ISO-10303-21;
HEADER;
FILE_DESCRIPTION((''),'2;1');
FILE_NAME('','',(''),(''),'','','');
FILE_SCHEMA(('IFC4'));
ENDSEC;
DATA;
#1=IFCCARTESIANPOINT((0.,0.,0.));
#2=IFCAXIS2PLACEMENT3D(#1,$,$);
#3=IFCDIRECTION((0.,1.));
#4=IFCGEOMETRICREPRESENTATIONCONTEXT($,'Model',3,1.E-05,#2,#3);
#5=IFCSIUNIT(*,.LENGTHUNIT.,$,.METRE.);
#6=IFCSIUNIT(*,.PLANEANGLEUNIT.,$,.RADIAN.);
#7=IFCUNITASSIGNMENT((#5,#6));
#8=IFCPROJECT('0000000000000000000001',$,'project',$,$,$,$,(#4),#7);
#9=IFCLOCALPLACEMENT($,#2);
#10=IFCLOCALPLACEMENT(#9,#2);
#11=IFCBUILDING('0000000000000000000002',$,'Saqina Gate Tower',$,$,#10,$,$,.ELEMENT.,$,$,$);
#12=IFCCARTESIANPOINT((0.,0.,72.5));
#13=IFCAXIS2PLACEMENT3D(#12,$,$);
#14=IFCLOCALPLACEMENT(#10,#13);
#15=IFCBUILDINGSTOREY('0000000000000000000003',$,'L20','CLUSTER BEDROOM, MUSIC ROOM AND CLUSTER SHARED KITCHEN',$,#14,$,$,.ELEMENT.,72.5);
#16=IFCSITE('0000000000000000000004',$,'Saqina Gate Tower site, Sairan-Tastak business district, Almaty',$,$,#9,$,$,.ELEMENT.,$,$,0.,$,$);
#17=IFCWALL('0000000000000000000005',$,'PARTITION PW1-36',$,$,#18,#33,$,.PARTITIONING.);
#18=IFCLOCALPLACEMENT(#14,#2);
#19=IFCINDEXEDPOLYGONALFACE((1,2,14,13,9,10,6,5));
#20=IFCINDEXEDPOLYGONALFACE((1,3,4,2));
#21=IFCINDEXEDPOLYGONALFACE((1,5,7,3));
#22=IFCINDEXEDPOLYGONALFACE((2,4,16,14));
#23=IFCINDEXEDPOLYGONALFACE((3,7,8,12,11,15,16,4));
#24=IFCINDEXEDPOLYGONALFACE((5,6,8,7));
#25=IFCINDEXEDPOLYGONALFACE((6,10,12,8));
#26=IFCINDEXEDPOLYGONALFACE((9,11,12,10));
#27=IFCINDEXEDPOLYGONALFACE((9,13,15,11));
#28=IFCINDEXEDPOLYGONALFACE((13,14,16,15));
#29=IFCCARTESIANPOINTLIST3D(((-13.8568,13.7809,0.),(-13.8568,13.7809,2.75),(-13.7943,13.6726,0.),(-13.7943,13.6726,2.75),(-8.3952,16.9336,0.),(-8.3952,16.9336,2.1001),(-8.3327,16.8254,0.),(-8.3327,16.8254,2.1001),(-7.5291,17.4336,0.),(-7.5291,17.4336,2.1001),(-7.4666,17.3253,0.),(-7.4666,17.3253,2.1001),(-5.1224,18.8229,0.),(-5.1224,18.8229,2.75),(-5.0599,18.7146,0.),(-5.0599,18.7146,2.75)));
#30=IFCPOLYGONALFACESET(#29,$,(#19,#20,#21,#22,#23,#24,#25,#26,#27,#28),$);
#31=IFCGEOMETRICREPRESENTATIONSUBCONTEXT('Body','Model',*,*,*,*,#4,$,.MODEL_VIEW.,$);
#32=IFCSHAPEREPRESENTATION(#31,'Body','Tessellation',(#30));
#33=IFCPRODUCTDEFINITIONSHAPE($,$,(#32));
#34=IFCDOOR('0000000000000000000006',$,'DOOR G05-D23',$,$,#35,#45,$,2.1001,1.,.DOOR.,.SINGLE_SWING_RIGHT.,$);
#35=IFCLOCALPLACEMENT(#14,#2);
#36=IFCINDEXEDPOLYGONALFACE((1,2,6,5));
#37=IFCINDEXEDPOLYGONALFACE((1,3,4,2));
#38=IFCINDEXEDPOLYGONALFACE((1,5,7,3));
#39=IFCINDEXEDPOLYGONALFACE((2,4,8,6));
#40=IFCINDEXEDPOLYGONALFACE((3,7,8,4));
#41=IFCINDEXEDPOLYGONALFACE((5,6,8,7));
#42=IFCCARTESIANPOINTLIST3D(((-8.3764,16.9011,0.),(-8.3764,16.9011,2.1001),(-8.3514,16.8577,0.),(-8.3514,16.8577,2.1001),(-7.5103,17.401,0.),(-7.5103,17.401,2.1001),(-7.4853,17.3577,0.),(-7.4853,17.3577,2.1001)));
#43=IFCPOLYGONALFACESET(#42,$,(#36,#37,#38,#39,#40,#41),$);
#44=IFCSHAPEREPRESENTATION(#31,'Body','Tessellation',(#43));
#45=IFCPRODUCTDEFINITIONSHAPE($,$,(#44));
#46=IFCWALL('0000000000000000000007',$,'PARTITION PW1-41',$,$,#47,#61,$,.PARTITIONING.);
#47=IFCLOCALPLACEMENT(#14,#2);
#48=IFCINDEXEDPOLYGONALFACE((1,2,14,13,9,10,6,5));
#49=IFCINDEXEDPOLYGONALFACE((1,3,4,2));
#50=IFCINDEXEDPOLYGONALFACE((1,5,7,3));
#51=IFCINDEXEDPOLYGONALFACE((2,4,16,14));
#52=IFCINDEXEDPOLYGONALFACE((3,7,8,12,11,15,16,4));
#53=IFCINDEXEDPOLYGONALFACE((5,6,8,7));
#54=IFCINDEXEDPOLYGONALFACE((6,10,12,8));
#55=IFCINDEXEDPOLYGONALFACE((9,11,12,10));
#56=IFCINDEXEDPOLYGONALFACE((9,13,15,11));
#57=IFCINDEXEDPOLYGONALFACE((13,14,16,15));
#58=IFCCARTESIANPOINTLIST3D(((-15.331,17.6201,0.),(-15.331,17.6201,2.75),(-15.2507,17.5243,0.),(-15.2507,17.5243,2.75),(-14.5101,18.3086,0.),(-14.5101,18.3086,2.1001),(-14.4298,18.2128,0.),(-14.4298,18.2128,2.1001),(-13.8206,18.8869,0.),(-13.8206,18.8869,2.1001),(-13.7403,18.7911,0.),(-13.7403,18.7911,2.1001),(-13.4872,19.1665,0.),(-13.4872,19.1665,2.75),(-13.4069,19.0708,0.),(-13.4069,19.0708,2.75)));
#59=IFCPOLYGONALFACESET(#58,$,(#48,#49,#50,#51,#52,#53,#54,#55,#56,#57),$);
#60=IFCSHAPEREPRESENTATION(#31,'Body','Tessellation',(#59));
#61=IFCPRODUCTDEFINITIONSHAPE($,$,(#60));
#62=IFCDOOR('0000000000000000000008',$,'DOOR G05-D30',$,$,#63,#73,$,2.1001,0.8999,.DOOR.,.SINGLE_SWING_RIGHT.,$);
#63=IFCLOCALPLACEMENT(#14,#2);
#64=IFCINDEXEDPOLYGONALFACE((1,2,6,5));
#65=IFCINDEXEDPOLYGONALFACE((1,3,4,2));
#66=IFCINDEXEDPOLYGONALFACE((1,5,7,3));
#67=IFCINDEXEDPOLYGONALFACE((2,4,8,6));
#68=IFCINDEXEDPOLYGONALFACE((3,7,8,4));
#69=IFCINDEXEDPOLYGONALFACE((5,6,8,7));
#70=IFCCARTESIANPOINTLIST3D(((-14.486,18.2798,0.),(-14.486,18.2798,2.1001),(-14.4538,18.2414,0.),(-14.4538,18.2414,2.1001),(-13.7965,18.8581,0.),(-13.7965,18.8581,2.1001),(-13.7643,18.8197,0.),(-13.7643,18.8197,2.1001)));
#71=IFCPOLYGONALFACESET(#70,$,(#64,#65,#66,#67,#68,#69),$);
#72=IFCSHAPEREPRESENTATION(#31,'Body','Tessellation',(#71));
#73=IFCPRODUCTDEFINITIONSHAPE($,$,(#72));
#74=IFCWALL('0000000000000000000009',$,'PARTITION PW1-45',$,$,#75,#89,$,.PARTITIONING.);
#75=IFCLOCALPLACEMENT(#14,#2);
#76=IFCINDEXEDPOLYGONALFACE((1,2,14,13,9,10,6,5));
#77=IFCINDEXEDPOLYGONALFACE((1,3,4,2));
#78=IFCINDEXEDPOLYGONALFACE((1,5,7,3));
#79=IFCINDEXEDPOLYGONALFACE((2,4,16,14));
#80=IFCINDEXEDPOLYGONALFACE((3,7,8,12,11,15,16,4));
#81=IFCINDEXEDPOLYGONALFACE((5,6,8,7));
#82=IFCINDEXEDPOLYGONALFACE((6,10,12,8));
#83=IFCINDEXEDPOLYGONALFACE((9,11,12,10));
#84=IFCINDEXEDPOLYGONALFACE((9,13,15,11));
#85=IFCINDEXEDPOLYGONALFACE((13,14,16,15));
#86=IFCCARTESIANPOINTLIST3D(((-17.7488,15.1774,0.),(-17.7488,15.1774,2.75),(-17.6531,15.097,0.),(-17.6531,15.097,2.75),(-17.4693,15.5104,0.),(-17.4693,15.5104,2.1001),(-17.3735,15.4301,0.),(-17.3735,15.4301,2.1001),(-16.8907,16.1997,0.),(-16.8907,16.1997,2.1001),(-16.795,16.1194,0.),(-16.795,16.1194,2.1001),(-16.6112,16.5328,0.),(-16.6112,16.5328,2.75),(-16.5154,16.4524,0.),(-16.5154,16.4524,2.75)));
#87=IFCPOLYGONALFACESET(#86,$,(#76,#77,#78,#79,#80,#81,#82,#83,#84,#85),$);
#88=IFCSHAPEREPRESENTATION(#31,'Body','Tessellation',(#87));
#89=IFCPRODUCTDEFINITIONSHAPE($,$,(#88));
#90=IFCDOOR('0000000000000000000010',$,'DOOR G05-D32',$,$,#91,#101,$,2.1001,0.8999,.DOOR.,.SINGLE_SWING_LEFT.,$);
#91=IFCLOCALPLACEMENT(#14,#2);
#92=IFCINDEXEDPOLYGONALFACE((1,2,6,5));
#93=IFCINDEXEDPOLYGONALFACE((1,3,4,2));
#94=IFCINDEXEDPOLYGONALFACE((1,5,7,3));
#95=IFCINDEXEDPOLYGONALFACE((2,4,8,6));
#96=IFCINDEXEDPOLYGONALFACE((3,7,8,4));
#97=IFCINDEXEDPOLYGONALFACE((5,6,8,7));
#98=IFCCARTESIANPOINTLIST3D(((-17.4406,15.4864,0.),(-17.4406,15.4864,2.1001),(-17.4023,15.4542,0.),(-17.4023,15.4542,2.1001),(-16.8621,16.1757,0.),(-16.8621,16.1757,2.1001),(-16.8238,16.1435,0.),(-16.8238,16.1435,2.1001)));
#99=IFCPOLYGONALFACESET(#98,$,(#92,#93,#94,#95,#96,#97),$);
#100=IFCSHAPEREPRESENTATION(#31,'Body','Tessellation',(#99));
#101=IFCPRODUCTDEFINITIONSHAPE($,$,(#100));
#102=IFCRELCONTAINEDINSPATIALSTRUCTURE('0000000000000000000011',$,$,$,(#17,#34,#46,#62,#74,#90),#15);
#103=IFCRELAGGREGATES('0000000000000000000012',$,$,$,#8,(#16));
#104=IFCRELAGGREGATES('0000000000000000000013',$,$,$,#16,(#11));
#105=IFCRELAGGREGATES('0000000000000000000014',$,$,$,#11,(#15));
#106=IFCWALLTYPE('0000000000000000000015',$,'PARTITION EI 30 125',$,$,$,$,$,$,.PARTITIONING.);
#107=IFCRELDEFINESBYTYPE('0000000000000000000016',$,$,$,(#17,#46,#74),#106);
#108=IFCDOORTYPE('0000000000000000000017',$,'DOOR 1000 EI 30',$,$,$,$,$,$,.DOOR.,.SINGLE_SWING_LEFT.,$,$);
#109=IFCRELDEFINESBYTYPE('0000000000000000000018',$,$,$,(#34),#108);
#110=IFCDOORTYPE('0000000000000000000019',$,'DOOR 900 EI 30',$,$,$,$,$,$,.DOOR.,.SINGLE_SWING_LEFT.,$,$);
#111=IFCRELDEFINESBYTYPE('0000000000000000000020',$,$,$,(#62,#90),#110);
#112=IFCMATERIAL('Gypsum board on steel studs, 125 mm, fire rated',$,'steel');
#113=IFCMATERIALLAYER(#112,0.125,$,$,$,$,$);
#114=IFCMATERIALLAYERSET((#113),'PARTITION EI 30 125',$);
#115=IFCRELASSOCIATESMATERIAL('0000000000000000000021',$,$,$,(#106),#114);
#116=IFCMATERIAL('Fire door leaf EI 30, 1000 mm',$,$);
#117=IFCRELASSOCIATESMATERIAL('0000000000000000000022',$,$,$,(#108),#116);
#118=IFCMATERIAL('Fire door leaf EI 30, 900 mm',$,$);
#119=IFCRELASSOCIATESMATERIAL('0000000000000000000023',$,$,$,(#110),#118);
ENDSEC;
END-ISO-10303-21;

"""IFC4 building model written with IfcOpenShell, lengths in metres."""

from ifc_helpers import new_model, si_unit, direction, frame, frame_2d, origin, place, context, subcontext, project, spatial, rectangle, extrude, material, layer, layer_set, type_object, element, fill, save


model = new_model("IFC4")

# Units and contexts
model_context = context("Model", 3, precision=1e-05, world=origin(), true_north=direction((0.0, 1.0)))
body_context = subcontext(model_context, "Body", "Model", "MODEL_VIEW")
ifc_project = project(units=[si_unit("LENGTHUNIT", "METRE"), si_unit("PLANEANGLEUNIT", "RADIAN")], contexts=[model_context])

# Site, building, storey
site_placement = place(None, origin())
site = spatial("IfcSite", under=ifc_project, at=site_placement, Name="Saqina Gate Tower site, Sairan-Tastak business district, Almaty", CompositionType="ELEMENT", RefElevation=0.0)
building_placement = place(site_placement, origin())
building = spatial("IfcBuilding", under=site, at=building_placement, Name="Saqina Gate Tower", CompositionType="ELEMENT")
storey_placement = place(building_placement, frame((0.0, 0.0, 72.5)))
storey = spatial("IfcBuildingStorey", under=building, at=storey_placement, Name="L20", Description="CLUSTER BEDROOM, MUSIC ROOM AND CLUSTER SHARED KITCHEN", CompositionType="ELEMENT", Elevation=72.5)

# Walls, openings, doors
ifc_material_1 = material(Name="Gypsum board on steel studs, 125 mm, fire rated", Category="steel")
ifc_layer_1 = layer(ifc_material_1, 0.125)
ifc_layer_set_1 = layer_set([ifc_layer_1], Name="PARTITION EI 30 125")
wall_type_1 = type_object("IfcWallType", Name="PARTITION EI 30 125", PredefinedType="PARTITIONING", material=ifc_layer_set_1)
wall_1_placement = place(storey_placement, frame((-13.8254, 13.7268, 0.0), z_axis=(0.0, 0.0, 1.0), x_axis=(0.86606, 0.49994, 0.0)))
wall_1 = element("IfcWall", 1, at=wall_1_placement, inside=storey, type_object=wall_type_1, Name="PARTITION PW1-36", PredefinedType="PARTITIONING", context=body_context, shape_type="SweptSolid", body=[
    extrude(rectangle(XDim=10.0852, YDim=0.125, at=frame_2d((5.0425, 0.0))), origin(), (0.0, 0.0, 1.0), 2.75),
])
opening_1_placement = place(wall_1_placement, frame((6.3062, 0.0, 0.0)))
opening_1 = element("IfcOpeningElement", 2, at=opening_1_placement, cuts=wall_1, PredefinedType="OPENING", context=body_context, shape_type="SweptSolid", body=[
    extrude(rectangle(XDim=1.0, YDim=2.1001, at=frame_2d((0.5, 1.05))), frame((0.0, 0.0745, 0.0), z_axis=(0.0, -1.0, 0.0), x_axis=(1.0, 0.0, 0.0)), (0.0, 0.0, 1.0), 0.1489),
])
ifc_material_2 = material(Name="Fire door leaf EI 30, 1000 mm")
door_type_1 = type_object("IfcDoorType", Name="DOOR 1000 EI 30", OperationType="SINGLE_SWING_LEFT", PredefinedType="DOOR", material=ifc_material_2)
door_1_placement = place(opening_1_placement, origin())
door_1 = element("IfcDoor", 3, at=door_1_placement, inside=storey, type_object=door_type_1, Name="DOOR G05-D23", OperationType="SINGLE_SWING_RIGHT", OverallHeight=2.1001, OverallWidth=1.0, PredefinedType="DOOR", context=body_context, shape_type="SweptSolid", body=[
    extrude(rectangle(XDim=1.0, YDim=2.1001, at=frame_2d((0.5, 1.05))), frame((0.0, 0.0249, 0.0), z_axis=(0.0, -1.0, 0.0), x_axis=(1.0, 0.0, 0.0)), (0.0, 0.0, 1.0), 0.05),
])
fill(opening_1, door_1)
wall_2_placement = place(storey_placement, frame((-15.2908, 17.5723, 0.0), z_axis=(0.0, 0.0, 1.0), x_axis=(0.766188, 0.642616, 0.0)))
wall_2 = element("IfcWall", 4, at=wall_2_placement, inside=storey, type_object=wall_type_1, Name="PARTITION PW1-41", PredefinedType="PARTITIONING", context=body_context, shape_type="SweptSolid", body=[
    extrude(rectangle(XDim=2.4065, YDim=0.125, at=frame_2d((1.2031, 0.0))), origin(), (0.0, 0.0, 1.0), 2.75),
])
opening_2_placement = place(wall_2_placement, frame((1.0713, 0.0, 0.0)))
opening_2 = element("IfcOpeningElement", 5, at=opening_2_placement, cuts=wall_2, PredefinedType="OPENING", context=body_context, shape_type="SweptSolid", body=[
    extrude(rectangle(XDim=0.8999, YDim=2.1001, at=frame_2d((0.45, 1.05))), frame((0.0, 0.0745, 0.0), z_axis=(0.0, -1.0, 0.0), x_axis=(1.0, 0.0, 0.0)), (0.0, 0.0, 1.0), 0.1489),
])
ifc_material_3 = material(Name="Fire door leaf EI 30, 900 mm")
door_type_2 = type_object("IfcDoorType", Name="DOOR 900 EI 30", OperationType="SINGLE_SWING_LEFT", PredefinedType="DOOR", material=ifc_material_3)
door_2_placement = place(opening_2_placement, origin())
door_2 = element("IfcDoor", 6, at=door_2_placement, inside=storey, type_object=door_type_2, Name="DOOR G05-D30", OperationType="SINGLE_SWING_RIGHT", OverallHeight=2.1001, OverallWidth=0.8999, PredefinedType="DOOR", context=body_context, shape_type="SweptSolid", body=[
    extrude(rectangle(XDim=0.8999, YDim=2.1001, at=frame_2d((0.45, 1.05))), frame((0.0, 0.0249, 0.0), z_axis=(0.0, -1.0, 0.0), x_axis=(1.0, 0.0, 0.0)), (0.0, 0.0, 1.0), 0.05),
])
fill(opening_2, door_2)
wall_3_placement = place(storey_placement, frame((-17.7009, 15.1372, 0.0), z_axis=(0.0, 0.0, 1.0), x_axis=(0.642894, 0.765955, 0.0)))
wall_3 = element("IfcWall", 7, at=wall_3_placement, inside=storey, type_object=wall_type_1, Name="PARTITION PW1-45", PredefinedType="PARTITIONING", context=body_context, shape_type="SweptSolid", body=[
    extrude(rectangle(XDim=1.7695, YDim=0.125, at=frame_2d((0.8848, 0.0))), origin(), (0.0, 0.0, 1.0), 2.75),
])
opening_3_placement = place(wall_3_placement, frame((0.4348, 0.0, 0.0)))
opening_3 = element("IfcOpeningElement", 8, at=opening_3_placement, cuts=wall_3, PredefinedType="OPENING", context=body_context, shape_type="SweptSolid", body=[
    extrude(rectangle(XDim=0.8999, YDim=2.1001, at=frame_2d((0.45, 1.05))), frame((0.0, 0.0745, 0.0), z_axis=(0.0, -1.0, 0.0), x_axis=(1.0, 0.0, 0.0)), (0.0, 0.0, 1.0), 0.1489),
])
door_3_placement = place(opening_3_placement, frame((0.8999, 0.0, 0.0), z_axis=(0.0, 0.0, 1.0), x_axis=(-1.0, 0.0, 0.0)))
door_3 = element("IfcDoor", 9, at=door_3_placement, inside=storey, type_object=door_type_2, Name="DOOR G05-D32", OperationType="SINGLE_SWING_LEFT", OverallHeight=2.1001, OverallWidth=0.8999, PredefinedType="DOOR", context=body_context, shape_type="SweptSolid", body=[
    extrude(rectangle(XDim=0.8999, YDim=2.1001, at=frame_2d((0.45, 1.05))), frame((0.0, 0.0249, 0.0), z_axis=(0.0, -1.0, 0.0), x_axis=(1.0, 0.0, 0.0)), (0.0, 0.0, 1.0), 0.05),
])
fill(opening_3, door_3)

save(model, "model.ifc")
